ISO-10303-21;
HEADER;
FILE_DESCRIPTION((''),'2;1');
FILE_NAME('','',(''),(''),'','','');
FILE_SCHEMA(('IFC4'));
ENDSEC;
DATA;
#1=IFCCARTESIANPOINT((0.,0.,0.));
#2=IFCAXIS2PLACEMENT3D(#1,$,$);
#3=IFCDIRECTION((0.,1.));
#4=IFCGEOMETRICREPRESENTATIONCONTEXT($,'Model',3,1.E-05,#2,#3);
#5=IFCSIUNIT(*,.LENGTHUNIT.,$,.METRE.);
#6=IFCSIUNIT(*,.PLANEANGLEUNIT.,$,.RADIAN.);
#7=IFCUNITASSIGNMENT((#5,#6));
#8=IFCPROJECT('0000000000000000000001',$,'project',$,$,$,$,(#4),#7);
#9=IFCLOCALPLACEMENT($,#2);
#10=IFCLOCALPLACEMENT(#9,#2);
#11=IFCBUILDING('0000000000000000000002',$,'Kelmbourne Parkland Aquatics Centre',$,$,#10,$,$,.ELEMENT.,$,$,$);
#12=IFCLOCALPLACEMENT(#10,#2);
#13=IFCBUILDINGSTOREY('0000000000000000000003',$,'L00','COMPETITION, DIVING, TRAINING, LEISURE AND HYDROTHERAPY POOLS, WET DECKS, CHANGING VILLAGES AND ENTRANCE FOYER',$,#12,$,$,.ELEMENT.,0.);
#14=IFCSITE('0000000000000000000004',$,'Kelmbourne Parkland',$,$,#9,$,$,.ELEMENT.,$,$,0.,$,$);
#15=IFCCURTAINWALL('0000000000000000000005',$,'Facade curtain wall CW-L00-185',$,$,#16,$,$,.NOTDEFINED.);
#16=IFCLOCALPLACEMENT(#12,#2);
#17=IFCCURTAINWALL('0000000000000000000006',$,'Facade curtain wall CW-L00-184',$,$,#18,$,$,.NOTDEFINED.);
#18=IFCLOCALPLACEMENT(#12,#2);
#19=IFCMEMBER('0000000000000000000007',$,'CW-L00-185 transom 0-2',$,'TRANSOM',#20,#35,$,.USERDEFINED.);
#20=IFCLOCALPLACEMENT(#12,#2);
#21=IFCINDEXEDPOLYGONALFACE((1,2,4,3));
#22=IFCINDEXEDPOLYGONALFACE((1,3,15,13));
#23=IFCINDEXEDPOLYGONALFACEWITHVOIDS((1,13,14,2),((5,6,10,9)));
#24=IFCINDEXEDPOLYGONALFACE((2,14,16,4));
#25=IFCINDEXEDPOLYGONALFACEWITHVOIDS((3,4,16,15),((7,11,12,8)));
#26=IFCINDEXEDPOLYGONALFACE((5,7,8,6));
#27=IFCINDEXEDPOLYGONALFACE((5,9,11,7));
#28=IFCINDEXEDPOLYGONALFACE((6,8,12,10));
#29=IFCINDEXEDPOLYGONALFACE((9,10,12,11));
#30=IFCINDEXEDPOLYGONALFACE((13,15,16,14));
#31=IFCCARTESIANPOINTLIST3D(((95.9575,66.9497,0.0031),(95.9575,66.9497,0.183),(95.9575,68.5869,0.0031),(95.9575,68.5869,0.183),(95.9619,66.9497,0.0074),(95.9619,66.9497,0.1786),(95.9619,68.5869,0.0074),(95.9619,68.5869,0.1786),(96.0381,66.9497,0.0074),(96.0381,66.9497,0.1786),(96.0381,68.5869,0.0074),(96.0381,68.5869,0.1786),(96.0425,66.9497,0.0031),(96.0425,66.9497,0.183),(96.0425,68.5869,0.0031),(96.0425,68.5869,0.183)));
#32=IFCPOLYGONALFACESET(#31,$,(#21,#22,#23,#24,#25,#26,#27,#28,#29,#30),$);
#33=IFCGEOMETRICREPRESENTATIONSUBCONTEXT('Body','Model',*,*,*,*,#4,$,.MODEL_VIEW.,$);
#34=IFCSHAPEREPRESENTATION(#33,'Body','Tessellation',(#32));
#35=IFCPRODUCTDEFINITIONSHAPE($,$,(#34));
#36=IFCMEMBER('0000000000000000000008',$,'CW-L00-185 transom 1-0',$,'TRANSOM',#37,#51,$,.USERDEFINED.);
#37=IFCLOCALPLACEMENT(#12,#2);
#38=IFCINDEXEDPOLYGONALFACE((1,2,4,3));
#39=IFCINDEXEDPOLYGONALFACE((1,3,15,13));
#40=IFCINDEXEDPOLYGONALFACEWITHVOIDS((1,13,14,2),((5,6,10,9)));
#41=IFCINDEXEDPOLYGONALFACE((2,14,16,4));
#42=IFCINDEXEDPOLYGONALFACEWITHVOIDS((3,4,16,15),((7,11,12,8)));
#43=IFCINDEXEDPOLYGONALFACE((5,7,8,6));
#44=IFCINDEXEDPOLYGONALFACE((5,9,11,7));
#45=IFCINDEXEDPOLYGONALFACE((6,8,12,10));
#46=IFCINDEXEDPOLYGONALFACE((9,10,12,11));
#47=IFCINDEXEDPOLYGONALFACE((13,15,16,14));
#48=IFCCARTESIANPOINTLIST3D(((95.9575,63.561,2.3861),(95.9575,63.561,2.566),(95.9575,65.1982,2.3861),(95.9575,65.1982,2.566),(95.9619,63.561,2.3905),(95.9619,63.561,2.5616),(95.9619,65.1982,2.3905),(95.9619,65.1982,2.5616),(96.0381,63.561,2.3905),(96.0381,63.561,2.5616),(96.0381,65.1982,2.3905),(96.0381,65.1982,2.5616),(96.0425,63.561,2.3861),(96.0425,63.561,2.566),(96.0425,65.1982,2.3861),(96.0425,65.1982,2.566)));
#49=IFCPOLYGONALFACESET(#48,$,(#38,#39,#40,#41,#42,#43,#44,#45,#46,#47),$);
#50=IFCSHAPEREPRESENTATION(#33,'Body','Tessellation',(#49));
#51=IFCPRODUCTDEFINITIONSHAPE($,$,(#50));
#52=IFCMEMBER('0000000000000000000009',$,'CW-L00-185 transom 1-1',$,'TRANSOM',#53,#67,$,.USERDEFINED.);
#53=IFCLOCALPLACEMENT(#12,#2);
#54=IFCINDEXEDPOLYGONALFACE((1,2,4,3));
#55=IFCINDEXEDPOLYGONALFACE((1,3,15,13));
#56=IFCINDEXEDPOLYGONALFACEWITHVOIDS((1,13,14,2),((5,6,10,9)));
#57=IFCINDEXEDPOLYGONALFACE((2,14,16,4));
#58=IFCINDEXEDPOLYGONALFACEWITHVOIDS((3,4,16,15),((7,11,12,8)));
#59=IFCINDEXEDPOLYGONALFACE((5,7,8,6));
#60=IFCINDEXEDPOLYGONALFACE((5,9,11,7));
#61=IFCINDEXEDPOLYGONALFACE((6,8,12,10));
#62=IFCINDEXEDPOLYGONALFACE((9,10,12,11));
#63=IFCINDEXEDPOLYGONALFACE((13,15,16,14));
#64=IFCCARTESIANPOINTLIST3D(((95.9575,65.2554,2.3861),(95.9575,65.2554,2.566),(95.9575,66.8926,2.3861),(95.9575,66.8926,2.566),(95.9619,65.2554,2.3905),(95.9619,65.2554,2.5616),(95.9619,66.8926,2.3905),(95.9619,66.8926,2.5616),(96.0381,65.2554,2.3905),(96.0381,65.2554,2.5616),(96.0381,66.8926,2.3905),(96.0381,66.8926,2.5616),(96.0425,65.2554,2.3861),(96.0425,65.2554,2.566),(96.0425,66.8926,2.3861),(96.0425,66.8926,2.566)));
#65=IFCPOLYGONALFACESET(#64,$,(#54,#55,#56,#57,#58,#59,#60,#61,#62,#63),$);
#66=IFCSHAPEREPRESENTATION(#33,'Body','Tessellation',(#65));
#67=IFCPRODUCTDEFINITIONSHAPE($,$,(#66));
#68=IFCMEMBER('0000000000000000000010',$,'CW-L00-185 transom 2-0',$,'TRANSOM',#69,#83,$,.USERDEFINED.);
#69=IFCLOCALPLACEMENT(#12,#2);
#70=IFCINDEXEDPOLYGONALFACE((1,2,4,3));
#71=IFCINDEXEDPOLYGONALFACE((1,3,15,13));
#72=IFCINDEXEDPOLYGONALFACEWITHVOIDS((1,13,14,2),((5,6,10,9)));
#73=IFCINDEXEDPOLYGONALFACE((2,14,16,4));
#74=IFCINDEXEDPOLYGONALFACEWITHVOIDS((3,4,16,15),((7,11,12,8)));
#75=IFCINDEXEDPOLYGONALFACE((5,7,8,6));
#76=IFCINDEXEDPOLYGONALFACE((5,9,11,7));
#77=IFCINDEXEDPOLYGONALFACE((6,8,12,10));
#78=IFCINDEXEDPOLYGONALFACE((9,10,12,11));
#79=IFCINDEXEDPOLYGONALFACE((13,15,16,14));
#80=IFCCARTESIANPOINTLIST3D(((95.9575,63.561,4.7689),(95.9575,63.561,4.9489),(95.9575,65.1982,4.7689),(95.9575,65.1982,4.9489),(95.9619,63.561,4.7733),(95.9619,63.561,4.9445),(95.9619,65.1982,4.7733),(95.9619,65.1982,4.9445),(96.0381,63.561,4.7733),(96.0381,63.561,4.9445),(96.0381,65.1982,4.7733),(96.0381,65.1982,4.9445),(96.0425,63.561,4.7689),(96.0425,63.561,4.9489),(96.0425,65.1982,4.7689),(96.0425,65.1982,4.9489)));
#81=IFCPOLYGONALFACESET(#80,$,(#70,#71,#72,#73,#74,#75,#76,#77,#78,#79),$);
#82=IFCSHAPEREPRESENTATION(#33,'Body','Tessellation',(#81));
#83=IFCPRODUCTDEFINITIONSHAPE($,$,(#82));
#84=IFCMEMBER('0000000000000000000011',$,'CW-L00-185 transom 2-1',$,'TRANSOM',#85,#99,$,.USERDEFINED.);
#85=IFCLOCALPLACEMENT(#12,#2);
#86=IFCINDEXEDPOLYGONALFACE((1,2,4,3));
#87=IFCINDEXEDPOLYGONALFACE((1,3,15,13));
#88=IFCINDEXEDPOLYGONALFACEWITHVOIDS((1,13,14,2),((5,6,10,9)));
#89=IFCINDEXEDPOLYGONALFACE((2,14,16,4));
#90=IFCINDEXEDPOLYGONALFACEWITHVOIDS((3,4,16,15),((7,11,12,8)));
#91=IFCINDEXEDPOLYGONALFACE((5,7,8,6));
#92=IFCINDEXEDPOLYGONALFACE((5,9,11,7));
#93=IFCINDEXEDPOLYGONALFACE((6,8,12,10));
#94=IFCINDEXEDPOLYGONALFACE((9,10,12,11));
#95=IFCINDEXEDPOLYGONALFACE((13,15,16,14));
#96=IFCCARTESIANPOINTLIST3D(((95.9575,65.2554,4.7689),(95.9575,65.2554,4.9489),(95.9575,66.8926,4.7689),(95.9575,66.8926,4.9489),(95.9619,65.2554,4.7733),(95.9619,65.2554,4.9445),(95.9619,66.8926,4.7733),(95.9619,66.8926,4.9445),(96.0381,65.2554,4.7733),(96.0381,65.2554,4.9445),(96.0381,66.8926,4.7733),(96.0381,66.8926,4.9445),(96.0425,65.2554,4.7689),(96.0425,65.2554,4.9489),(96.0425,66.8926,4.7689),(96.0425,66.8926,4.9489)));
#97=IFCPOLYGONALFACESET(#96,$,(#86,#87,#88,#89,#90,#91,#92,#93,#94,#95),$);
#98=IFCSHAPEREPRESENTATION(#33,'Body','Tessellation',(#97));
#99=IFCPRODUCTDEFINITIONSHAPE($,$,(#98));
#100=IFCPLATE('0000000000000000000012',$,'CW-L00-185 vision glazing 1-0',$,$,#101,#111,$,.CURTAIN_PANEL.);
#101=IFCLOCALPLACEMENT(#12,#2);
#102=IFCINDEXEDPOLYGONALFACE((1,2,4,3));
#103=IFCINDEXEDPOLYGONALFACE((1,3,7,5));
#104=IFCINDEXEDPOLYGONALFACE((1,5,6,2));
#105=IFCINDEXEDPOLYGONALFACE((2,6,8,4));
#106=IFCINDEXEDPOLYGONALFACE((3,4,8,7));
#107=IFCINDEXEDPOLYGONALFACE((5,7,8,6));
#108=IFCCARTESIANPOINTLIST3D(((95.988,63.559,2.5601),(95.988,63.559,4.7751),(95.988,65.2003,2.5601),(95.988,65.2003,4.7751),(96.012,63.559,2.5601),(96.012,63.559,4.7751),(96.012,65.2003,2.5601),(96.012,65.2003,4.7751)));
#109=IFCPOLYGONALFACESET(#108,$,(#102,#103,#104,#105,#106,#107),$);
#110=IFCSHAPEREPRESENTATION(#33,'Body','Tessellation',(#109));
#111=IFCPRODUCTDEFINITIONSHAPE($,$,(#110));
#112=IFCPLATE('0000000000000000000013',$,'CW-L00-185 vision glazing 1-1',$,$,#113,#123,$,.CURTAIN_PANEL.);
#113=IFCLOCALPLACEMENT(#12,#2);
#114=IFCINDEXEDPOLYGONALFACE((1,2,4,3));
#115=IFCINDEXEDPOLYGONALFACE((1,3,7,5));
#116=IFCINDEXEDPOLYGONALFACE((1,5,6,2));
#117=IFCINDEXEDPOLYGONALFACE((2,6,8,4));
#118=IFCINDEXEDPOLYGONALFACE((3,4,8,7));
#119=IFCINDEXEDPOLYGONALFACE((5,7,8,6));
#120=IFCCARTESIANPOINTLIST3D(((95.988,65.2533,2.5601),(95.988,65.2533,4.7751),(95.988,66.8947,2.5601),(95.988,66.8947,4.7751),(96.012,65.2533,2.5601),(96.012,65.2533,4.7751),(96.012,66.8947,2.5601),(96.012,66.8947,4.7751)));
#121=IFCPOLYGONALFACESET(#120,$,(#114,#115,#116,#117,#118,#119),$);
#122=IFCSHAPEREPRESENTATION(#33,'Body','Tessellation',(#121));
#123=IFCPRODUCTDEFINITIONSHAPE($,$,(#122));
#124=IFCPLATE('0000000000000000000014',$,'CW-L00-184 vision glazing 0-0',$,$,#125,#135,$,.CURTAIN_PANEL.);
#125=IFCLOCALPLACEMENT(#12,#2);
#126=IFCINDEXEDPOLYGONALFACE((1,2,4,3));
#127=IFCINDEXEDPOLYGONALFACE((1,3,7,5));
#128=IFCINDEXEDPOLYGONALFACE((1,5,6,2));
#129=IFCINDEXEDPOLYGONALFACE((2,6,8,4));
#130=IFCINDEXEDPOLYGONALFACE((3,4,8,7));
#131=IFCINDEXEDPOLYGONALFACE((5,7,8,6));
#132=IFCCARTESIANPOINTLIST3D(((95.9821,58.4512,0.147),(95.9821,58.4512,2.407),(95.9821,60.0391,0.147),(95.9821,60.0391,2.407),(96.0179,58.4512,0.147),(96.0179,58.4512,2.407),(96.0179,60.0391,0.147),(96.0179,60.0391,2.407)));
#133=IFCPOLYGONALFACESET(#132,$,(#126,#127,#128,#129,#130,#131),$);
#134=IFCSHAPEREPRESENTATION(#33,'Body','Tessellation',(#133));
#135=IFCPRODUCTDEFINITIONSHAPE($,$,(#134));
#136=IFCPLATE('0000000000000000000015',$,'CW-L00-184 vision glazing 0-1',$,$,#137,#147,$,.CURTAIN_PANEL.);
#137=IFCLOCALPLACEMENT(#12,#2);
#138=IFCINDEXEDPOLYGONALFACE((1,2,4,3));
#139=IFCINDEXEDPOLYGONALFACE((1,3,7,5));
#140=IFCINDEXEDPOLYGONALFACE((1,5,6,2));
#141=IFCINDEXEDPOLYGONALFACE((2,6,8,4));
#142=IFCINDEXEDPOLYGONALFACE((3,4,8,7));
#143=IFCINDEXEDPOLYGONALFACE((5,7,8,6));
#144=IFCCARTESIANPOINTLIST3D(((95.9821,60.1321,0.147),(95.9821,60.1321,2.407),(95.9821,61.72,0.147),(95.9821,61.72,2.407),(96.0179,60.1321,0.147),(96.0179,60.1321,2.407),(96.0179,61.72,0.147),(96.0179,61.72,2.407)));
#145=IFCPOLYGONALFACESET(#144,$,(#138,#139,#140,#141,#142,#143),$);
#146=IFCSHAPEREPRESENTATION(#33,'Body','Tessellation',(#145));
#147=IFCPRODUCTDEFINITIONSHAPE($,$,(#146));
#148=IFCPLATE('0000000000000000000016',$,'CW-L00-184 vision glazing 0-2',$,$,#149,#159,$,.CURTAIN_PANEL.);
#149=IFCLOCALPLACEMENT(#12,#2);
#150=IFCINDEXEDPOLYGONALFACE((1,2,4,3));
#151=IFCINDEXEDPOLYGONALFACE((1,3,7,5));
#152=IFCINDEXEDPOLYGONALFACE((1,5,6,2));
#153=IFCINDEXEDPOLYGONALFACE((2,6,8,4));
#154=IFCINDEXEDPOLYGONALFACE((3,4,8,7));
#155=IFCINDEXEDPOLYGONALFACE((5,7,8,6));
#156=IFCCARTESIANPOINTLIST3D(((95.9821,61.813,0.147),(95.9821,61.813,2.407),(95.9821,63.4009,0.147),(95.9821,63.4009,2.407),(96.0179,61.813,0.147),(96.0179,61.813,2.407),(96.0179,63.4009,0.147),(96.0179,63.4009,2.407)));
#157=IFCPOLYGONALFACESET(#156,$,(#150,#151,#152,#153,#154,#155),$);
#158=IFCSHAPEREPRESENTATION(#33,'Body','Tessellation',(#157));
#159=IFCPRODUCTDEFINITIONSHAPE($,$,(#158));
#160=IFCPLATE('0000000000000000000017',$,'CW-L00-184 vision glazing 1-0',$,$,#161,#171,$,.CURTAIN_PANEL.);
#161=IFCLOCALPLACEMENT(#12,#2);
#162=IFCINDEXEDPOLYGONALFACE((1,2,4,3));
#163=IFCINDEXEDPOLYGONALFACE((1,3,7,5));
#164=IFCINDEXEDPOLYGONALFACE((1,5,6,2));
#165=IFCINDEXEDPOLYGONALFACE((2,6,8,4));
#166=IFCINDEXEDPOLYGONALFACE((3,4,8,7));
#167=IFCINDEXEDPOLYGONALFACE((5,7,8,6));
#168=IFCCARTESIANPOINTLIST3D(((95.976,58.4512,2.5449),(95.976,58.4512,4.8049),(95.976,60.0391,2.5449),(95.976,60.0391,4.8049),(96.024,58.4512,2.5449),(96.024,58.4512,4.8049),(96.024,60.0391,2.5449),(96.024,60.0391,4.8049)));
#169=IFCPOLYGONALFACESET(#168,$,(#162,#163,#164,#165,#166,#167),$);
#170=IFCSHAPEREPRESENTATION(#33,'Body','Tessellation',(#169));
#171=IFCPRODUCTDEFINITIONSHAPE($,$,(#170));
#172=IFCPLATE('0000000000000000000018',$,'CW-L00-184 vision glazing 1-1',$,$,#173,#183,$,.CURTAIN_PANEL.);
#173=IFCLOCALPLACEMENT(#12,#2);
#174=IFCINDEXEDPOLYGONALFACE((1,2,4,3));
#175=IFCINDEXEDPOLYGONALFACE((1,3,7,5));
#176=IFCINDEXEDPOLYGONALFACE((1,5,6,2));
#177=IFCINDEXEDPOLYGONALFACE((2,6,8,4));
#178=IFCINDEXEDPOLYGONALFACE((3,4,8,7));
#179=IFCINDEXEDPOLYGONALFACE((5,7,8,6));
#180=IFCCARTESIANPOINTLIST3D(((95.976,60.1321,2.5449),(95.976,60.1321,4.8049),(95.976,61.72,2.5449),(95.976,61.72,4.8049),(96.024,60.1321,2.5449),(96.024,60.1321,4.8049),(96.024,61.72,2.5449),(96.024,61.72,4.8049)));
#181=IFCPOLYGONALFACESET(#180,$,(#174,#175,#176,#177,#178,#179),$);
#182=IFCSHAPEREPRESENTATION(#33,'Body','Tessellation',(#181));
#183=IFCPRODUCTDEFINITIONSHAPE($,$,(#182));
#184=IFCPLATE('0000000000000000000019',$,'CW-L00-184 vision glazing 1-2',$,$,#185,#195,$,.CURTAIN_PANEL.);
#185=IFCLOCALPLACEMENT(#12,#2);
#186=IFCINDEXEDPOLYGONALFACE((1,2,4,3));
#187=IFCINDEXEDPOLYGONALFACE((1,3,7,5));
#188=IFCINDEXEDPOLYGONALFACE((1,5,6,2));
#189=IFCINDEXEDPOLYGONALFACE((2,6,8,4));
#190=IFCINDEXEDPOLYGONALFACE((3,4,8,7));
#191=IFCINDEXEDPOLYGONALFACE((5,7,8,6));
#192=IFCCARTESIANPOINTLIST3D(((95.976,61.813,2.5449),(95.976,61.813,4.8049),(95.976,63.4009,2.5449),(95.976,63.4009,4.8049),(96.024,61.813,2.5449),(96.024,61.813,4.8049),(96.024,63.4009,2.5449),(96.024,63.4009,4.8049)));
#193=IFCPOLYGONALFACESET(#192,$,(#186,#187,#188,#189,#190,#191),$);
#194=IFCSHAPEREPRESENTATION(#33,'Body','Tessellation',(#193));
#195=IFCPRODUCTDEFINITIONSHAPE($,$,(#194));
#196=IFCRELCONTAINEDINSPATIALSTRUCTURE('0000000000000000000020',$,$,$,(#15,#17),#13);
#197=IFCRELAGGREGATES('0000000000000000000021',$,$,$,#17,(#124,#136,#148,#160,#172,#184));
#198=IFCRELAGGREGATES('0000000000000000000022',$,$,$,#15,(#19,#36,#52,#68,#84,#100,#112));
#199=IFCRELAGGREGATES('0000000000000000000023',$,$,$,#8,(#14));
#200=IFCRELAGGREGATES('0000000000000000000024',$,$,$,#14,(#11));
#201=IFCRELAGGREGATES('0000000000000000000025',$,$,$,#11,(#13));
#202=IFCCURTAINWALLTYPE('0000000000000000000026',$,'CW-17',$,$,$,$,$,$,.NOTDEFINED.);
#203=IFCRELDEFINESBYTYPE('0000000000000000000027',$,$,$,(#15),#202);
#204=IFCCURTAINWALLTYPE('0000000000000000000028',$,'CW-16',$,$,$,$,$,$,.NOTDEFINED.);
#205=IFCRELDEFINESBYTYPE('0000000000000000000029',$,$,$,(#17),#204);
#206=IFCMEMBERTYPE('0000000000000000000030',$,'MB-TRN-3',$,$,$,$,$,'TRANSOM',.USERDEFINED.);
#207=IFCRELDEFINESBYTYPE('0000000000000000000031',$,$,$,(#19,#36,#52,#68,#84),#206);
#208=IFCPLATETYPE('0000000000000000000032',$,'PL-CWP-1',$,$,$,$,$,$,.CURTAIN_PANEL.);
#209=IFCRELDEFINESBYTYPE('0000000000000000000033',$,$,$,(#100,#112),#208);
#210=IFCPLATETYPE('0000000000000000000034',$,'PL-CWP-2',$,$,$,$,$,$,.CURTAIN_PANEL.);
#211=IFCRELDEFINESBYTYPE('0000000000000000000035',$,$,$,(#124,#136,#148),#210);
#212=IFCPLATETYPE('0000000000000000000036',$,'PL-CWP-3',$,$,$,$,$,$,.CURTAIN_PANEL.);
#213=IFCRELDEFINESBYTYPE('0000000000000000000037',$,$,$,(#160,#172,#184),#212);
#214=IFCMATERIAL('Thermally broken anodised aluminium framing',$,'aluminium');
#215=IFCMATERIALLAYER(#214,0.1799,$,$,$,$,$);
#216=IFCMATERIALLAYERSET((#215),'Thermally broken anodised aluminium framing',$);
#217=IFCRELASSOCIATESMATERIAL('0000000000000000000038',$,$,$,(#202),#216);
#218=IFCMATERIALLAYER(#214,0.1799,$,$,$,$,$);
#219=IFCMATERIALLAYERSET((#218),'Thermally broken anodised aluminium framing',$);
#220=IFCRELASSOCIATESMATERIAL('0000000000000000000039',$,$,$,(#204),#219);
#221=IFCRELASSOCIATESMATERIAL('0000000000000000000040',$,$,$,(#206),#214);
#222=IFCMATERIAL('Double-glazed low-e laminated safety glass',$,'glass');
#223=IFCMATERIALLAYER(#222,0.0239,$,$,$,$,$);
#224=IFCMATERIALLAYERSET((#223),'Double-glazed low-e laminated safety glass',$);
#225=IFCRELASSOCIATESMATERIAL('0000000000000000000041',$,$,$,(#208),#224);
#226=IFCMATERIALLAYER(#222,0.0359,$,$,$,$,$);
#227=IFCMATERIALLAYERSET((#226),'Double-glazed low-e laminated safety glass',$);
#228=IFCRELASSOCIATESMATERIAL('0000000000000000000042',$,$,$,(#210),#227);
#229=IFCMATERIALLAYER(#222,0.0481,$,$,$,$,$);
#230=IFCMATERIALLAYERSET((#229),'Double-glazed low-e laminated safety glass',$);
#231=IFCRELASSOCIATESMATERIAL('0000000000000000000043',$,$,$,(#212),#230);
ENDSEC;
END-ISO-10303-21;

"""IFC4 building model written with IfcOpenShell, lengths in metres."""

from ifc_helpers import new_model, si_unit, direction, frame, origin, origin_2d, place, context, subcontext, project, spatial, rectangle, hollow_rectangle, extrude, material, layer, layer_set, material_profile, profile_set, type_object, element, aggregate, save


model = new_model("IFC4")

# Units and contexts
model_context = context("Model", 3, precision=1e-05, world=origin(), true_north=direction((0.0, 1.0)))
body_context = subcontext(model_context, "Body", "Model", "MODEL_VIEW")
ifc_project = project(units=[si_unit("LENGTHUNIT", "METRE"), si_unit("PLANEANGLEUNIT", "RADIAN")], contexts=[model_context])

# Site, building, storey
site_placement = place(None, origin())
site = spatial("IfcSite", under=ifc_project, at=site_placement, Name="Kelmbourne Parkland", CompositionType="ELEMENT", RefElevation=0.0)
building_placement = place(site_placement, origin())
building = spatial("IfcBuilding", under=site, at=building_placement, Name="Kelmbourne Parkland Aquatics Centre", CompositionType="ELEMENT")
storey_placement = place(building_placement, origin())
storey = spatial("IfcBuildingStorey", under=building, at=storey_placement, Name="L00", Description="COMPETITION, DIVING, TRAINING, LEISURE AND HYDROTHERAPY POOLS, WET DECKS, CHANGING VILLAGES AND ENTRANCE FOYER", CompositionType="ELEMENT", Elevation=0.0)

# Curtain walls
ifc_material_1 = material(Name="Thermally broken anodised aluminium framing", Category="aluminium")
ifc_layer_1 = layer(ifc_material_1, 0.1799)
ifc_layer_set_1 = layer_set([ifc_layer_1], Name="Thermally broken anodised aluminium framing")
curtain_wall_type_1 = type_object("IfcCurtainWallType", Name="CW-17", PredefinedType="NOTDEFINED", material=ifc_layer_set_1)
curtain_wall_1_placement = place(storey_placement, origin())
curtain_wall_1 = element("IfcCurtainWall", 1, at=curtain_wall_1_placement, inside=storey, type_object=curtain_wall_type_1, Name="Facade curtain wall CW-L00-185", PredefinedType="NOTDEFINED")
ifc_layer_2 = layer(ifc_material_1, 0.1799)
ifc_layer_set_2 = layer_set([ifc_layer_2], Name="Thermally broken anodised aluminium framing")
curtain_wall_type_2 = type_object("IfcCurtainWallType", Name="CW-16", PredefinedType="NOTDEFINED", material=ifc_layer_set_2)
curtain_wall_2_placement = place(storey_placement, origin())
curtain_wall_2 = element("IfcCurtainWall", 2, at=curtain_wall_2_placement, inside=storey, type_object=curtain_wall_type_2, Name="Facade curtain wall CW-L00-184", PredefinedType="NOTDEFINED")

# Members
ifc_material_profile_1 = material_profile(ifc_material_1, hollow_rectangle(XDim=0.085, YDim=0.1799, WallThickness=0.0044, at=origin_2d()), Name="CW-T 85x180")
ifc_profile_set_1 = profile_set([ifc_material_profile_1], Name="Thermally broken anodised aluminium framing")
member_type_1 = type_object("IfcMemberType", Name="MB-TRN-3", ElementType="TRANSOM", PredefinedType="USERDEFINED", material=ifc_profile_set_1)
member_1_placement = place(storey_placement, frame((96.0, 66.9497, 0.093), z_axis=(0.0, 1.0, 0.0), x_axis=(-1.0, 0.0, 0.0)))
member_1 = element("IfcMember", 3, at=member_1_placement, type_object=member_type_1, Name="CW-L00-185 transom 0-2", ObjectType="TRANSOM", PredefinedType="USERDEFINED", context=body_context, shape_type="SweptSolid", body=[
    extrude(hollow_rectangle(XDim=0.085, YDim=0.1799, WallThickness=0.0044, at=origin_2d()), origin(), (0.0, 0.0, 1.0), 1.6372),
])
member_2_placement = place(storey_placement, frame((96.0, 63.561, 2.4761), z_axis=(0.0, 1.0, 0.0), x_axis=(-1.0, 0.0, 0.0)))
member_2 = element("IfcMember", 4, at=member_2_placement, type_object=member_type_1, Name="CW-L00-185 transom 1-0", ObjectType="TRANSOM", PredefinedType="USERDEFINED", context=body_context, shape_type="SweptSolid", body=[
    extrude(hollow_rectangle(XDim=0.085, YDim=0.1799, WallThickness=0.0044, at=origin_2d()), origin(), (0.0, 0.0, 1.0), 1.6372),
])
member_3_placement = place(storey_placement, frame((96.0, 65.2554, 2.4761), z_axis=(0.0, 1.0, 0.0), x_axis=(-1.0, 0.0, 0.0)))
member_3 = element("IfcMember", 5, at=member_3_placement, type_object=member_type_1, Name="CW-L00-185 transom 1-1", ObjectType="TRANSOM", PredefinedType="USERDEFINED", context=body_context, shape_type="SweptSolid", body=[
    extrude(hollow_rectangle(XDim=0.085, YDim=0.1799, WallThickness=0.0044, at=origin_2d()), origin(), (0.0, 0.0, 1.0), 1.6372),
])
member_4_placement = place(storey_placement, frame((96.0, 63.561, 4.8589), z_axis=(0.0, 1.0, 0.0), x_axis=(-1.0, 0.0, 0.0)))
member_4 = element("IfcMember", 6, at=member_4_placement, type_object=member_type_1, Name="CW-L00-185 transom 2-0", ObjectType="TRANSOM", PredefinedType="USERDEFINED", context=body_context, shape_type="SweptSolid", body=[
    extrude(hollow_rectangle(XDim=0.085, YDim=0.1799, WallThickness=0.0044, at=origin_2d()), origin(), (0.0, 0.0, 1.0), 1.6372),
])
member_5_placement = place(storey_placement, frame((96.0, 65.2554, 4.8589), z_axis=(0.0, 1.0, 0.0), x_axis=(-1.0, 0.0, 0.0)))
member_5 = element("IfcMember", 7, at=member_5_placement, type_object=member_type_1, Name="CW-L00-185 transom 2-1", ObjectType="TRANSOM", PredefinedType="USERDEFINED", context=body_context, shape_type="SweptSolid", body=[
    extrude(hollow_rectangle(XDim=0.085, YDim=0.1799, WallThickness=0.0044, at=origin_2d()), origin(), (0.0, 0.0, 1.0), 1.6372),
])

# Plates
ifc_material_2 = material(Name="Double-glazed low-e laminated safety glass", Category="glass")
ifc_layer_3 = layer(ifc_material_2, 0.0239)
ifc_layer_set_3 = layer_set([ifc_layer_3], Name="Double-glazed low-e laminated safety glass")
plate_type_1 = type_object("IfcPlateType", Name="PL-CWP-1", PredefinedType="CURTAIN_PANEL", material=ifc_layer_set_3)
plate_1_placement = place(storey_placement, frame((96.0, 64.3796, 2.5601), z_axis=(0.0, 0.0, 1.0), x_axis=(0.0, 1.0, 0.0)))
plate_1 = element("IfcPlate", 8, at=plate_1_placement, type_object=plate_type_1, Name="CW-L00-185 vision glazing 1-0", PredefinedType="CURTAIN_PANEL", context=body_context, shape_type="SweptSolid", body=[
    extrude(rectangle(XDim=1.6414, YDim=0.0239, at=origin_2d()), origin(), (0.0, 0.0, 1.0), 2.2151),
])
plate_2_placement = place(storey_placement, frame((96.0, 66.074, 2.5601), z_axis=(0.0, 0.0, 1.0), x_axis=(0.0, 1.0, 0.0)))
plate_2 = element("IfcPlate", 9, at=plate_2_placement, type_object=plate_type_1, Name="CW-L00-185 vision glazing 1-1", PredefinedType="CURTAIN_PANEL", context=body_context, shape_type="SweptSolid", body=[
    extrude(rectangle(XDim=1.6414, YDim=0.0239, at=origin_2d()), origin(), (0.0, 0.0, 1.0), 2.2151),
])
ifc_layer_4 = layer(ifc_material_2, 0.0359)
ifc_layer_set_4 = layer_set([ifc_layer_4], Name="Double-glazed low-e laminated safety glass")
plate_type_2 = type_object("IfcPlateType", Name="PL-CWP-2", PredefinedType="CURTAIN_PANEL", material=ifc_layer_set_4)
plate_3_placement = place(storey_placement, frame((96.0, 59.2451, 0.147), z_axis=(0.0, 0.0, 1.0), x_axis=(0.0, 1.0, 0.0)))
plate_3 = element("IfcPlate", 10, at=plate_3_placement, type_object=plate_type_2, Name="CW-L00-184 vision glazing 0-0", PredefinedType="CURTAIN_PANEL", context=body_context, shape_type="SweptSolid", body=[
    extrude(rectangle(XDim=1.5879, YDim=0.0359, at=origin_2d()), origin(), (0.0, 0.0, 1.0), 2.26),
])
plate_4_placement = place(storey_placement, frame((96.0, 60.926, 0.147), z_axis=(0.0, 0.0, 1.0), x_axis=(0.0, 1.0, 0.0)))
plate_4 = element("IfcPlate", 11, at=plate_4_placement, type_object=plate_type_2, Name="CW-L00-184 vision glazing 0-1", PredefinedType="CURTAIN_PANEL", context=body_context, shape_type="SweptSolid", body=[
    extrude(rectangle(XDim=1.5879, YDim=0.0359, at=origin_2d()), origin(), (0.0, 0.0, 1.0), 2.26),
])
plate_5_placement = place(storey_placement, frame((96.0, 62.6069, 0.147), z_axis=(0.0, 0.0, 1.0), x_axis=(0.0, 1.0, 0.0)))
plate_5 = element("IfcPlate", 12, at=plate_5_placement, type_object=plate_type_2, Name="CW-L00-184 vision glazing 0-2", PredefinedType="CURTAIN_PANEL", context=body_context, shape_type="SweptSolid", body=[
    extrude(rectangle(XDim=1.5879, YDim=0.0359, at=origin_2d()), origin(), (0.0, 0.0, 1.0), 2.26),
])
ifc_layer_5 = layer(ifc_material_2, 0.0481)
ifc_layer_set_5 = layer_set([ifc_layer_5], Name="Double-glazed low-e laminated safety glass")
plate_type_3 = type_object("IfcPlateType", Name="PL-CWP-3", PredefinedType="CURTAIN_PANEL", material=ifc_layer_set_5)
plate_6_placement = place(storey_placement, frame((96.0, 59.2451, 2.5449), z_axis=(0.0, 0.0, 1.0), x_axis=(0.0, 1.0, 0.0)))
plate_6 = element("IfcPlate", 13, at=plate_6_placement, type_object=plate_type_3, Name="CW-L00-184 vision glazing 1-0", PredefinedType="CURTAIN_PANEL", context=body_context, shape_type="SweptSolid", body=[
    extrude(rectangle(XDim=1.5879, YDim=0.0481, at=origin_2d()), origin(), (0.0, 0.0, 1.0), 2.26),
])
plate_7_placement = place(storey_placement, frame((96.0, 60.926, 2.5449), z_axis=(0.0, 0.0, 1.0), x_axis=(0.0, 1.0, 0.0)))
plate_7 = element("IfcPlate", 14, at=plate_7_placement, type_object=plate_type_3, Name="CW-L00-184 vision glazing 1-1", PredefinedType="CURTAIN_PANEL", context=body_context, shape_type="SweptSolid", body=[
    extrude(rectangle(XDim=1.5879, YDim=0.0481, at=origin_2d()), origin(), (0.0, 0.0, 1.0), 2.26),
])
plate_8_placement = place(storey_placement, frame((96.0, 62.6069, 2.5449), z_axis=(0.0, 0.0, 1.0), x_axis=(0.0, 1.0, 0.0)))
plate_8 = element("IfcPlate", 15, at=plate_8_placement, type_object=plate_type_3, Name="CW-L00-184 vision glazing 1-2", PredefinedType="CURTAIN_PANEL", context=body_context, shape_type="SweptSolid", body=[
    extrude(rectangle(XDim=1.5879, YDim=0.0481, at=origin_2d()), origin(), (0.0, 0.0, 1.0), 2.26),
])
aggregate(curtain_wall_2, [plate_3, plate_4, plate_5, plate_6, plate_7, plate_8])
aggregate(curtain_wall_1, [member_1, member_2, member_3, member_4, member_5, plate_1, plate_2])

save(model, "model.ifc")
